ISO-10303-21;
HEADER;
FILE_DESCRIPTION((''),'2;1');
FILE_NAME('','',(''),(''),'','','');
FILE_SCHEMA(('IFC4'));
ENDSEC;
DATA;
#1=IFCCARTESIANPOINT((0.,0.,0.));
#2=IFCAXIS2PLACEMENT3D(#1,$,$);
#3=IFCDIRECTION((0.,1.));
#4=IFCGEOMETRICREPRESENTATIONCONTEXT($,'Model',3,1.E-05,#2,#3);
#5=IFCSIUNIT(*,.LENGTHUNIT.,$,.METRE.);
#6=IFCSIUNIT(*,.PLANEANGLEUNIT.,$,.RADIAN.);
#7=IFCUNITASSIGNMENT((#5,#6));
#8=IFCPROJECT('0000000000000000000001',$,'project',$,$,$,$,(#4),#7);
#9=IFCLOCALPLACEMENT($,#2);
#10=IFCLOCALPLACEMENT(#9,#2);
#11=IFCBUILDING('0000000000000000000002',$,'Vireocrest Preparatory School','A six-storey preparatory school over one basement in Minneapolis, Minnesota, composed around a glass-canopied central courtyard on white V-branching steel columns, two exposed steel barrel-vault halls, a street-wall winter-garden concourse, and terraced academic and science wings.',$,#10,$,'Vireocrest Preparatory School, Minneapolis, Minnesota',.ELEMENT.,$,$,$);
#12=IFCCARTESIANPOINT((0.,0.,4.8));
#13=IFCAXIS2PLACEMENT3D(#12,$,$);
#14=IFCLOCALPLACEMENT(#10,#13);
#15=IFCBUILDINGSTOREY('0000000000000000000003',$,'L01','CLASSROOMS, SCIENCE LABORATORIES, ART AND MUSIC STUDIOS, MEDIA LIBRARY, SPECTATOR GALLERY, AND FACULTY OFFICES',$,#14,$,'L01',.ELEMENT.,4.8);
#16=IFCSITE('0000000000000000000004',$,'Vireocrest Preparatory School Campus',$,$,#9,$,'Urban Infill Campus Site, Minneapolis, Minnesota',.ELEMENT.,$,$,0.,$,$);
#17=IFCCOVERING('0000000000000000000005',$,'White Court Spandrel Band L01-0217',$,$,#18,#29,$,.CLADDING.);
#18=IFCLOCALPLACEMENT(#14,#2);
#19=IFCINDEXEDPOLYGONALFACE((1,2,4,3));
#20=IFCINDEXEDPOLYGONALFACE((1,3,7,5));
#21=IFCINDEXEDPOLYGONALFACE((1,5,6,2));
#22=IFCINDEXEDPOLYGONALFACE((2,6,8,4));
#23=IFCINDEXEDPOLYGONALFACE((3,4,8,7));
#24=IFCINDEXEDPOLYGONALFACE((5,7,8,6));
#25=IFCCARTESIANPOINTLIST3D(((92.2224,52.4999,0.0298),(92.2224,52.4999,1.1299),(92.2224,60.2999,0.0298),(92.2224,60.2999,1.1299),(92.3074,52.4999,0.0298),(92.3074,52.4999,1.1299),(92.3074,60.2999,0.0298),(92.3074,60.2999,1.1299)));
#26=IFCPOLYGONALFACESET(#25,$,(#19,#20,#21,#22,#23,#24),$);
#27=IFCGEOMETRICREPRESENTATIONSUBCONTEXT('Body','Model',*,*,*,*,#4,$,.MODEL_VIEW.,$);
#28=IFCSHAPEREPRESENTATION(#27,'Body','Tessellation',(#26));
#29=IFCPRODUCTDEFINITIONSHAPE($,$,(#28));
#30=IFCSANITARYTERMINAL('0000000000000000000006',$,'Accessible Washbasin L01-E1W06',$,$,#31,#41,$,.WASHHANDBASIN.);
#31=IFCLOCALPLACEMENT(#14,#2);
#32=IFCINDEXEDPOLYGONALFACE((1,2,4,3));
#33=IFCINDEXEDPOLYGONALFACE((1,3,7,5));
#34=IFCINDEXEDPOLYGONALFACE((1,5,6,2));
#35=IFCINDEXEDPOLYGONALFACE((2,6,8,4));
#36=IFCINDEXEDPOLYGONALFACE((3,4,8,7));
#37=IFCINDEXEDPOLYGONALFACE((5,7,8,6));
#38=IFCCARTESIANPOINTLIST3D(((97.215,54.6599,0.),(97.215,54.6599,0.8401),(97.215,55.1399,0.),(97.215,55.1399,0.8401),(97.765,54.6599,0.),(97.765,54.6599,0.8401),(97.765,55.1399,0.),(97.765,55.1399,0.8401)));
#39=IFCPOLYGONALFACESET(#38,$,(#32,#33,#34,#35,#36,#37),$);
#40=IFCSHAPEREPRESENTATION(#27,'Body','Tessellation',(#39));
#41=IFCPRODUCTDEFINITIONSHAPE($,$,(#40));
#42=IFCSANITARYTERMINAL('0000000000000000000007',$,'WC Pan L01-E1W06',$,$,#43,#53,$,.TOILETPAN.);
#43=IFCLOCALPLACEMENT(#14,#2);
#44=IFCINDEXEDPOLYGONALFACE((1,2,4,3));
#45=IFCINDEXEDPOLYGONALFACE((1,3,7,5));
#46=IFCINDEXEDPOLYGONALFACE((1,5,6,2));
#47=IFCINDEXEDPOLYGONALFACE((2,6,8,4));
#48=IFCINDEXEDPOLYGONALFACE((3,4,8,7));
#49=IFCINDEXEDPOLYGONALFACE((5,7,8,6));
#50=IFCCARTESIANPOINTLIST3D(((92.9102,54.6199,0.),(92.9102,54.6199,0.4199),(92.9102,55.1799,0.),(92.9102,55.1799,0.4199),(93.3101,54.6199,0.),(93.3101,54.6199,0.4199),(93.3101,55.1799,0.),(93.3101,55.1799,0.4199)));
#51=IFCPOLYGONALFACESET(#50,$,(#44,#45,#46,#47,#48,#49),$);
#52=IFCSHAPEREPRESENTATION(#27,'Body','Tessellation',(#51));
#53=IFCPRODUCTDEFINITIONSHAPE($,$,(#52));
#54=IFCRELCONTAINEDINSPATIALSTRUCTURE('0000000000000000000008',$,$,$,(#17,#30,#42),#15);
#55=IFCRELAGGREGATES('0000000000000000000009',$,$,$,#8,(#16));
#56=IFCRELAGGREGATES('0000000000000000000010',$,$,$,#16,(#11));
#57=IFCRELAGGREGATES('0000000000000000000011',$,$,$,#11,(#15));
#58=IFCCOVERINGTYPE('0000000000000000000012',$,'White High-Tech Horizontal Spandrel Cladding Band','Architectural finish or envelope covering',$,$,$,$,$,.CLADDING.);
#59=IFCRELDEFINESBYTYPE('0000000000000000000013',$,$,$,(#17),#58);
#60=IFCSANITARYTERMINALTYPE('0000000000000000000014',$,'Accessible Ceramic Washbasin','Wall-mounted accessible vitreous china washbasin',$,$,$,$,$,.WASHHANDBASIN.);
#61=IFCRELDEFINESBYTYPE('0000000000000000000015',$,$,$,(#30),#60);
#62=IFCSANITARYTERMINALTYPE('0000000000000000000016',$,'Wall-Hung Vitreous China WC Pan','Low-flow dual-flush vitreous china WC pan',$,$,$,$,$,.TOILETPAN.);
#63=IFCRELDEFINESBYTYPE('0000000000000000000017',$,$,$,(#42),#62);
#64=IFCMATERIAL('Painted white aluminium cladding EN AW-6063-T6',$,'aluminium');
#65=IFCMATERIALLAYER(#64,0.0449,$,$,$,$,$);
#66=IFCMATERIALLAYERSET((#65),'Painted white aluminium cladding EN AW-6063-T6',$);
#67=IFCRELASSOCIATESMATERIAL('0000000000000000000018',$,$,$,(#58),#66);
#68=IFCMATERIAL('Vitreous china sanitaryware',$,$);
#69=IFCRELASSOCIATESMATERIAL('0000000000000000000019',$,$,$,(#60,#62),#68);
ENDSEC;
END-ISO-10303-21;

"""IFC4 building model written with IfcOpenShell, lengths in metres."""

from ifc_helpers import new_model, si_unit, direction, frame, origin, origin_2d, place, context, subcontext, project, spatial, rectangle, extrude, material, layer, layer_set, type_object, element, save


model = new_model("IFC4")

# Units and contexts
model_context = context("Model", 3, precision=1e-05, world=origin(), true_north=direction((0.0, 1.0)))
body_context = subcontext(model_context, "Body", "Model", "MODEL_VIEW")
ifc_project = project(units=[si_unit("LENGTHUNIT", "METRE"), si_unit("PLANEANGLEUNIT", "RADIAN")], contexts=[model_context])

# Site, building, storey
site_placement = place(None, origin())
site = spatial("IfcSite", under=ifc_project, at=site_placement, Name="Vireocrest Preparatory School Campus", LongName="Urban Infill Campus Site, Minneapolis, Minnesota", CompositionType="ELEMENT", RefElevation=0.0)
building_placement = place(site_placement, origin())
building = spatial("IfcBuilding", under=site, at=building_placement, Name="Vireocrest Preparatory School", Description="A six-storey preparatory school over one basement in Minneapolis, Minnesota, composed around a glass-canopied central courtyard on white V-branching steel columns, two exposed steel barrel-vault halls, a street-wall winter-garden concourse, and terraced academic and science wings.", LongName="Vireocrest Preparatory School, Minneapolis, Minnesota", CompositionType="ELEMENT")
storey_placement = place(building_placement, frame((0.0, 0.0, 4.8)))
storey = spatial("IfcBuildingStorey", under=building, at=storey_placement, Name="L01", Description="CLASSROOMS, SCIENCE LABORATORIES, ART AND MUSIC STUDIOS, MEDIA LIBRARY, SPECTATOR GALLERY, AND FACULTY OFFICES", LongName="L01", CompositionType="ELEMENT", Elevation=4.8)

# Covering
ifc_material_1 = material(Name="Painted white aluminium cladding EN AW-6063-T6", Category="aluminium")
ifc_layer_1 = layer(ifc_material_1, 0.0449)
ifc_layer_set_1 = layer_set([ifc_layer_1], Name="Painted white aluminium cladding EN AW-6063-T6")
covering_type = type_object("IfcCoveringType", Name="White High-Tech Horizontal Spandrel Cladding Band", Description="Architectural finish or envelope covering", PredefinedType="CLADDING", material=ifc_layer_set_1)
covering_placement = place(storey_placement, frame((92.2649, 56.3999, 0.0298), z_axis=(0.0, 0.0, 1.0), x_axis=(1.0, 0.0, 0.0)))
element("IfcCovering", 1, at=covering_placement, inside=storey, type_object=covering_type, Name="White Court Spandrel Band L01-0217", PredefinedType="CLADDING", context=body_context, shape_type="SweptSolid", body=[
    extrude(rectangle(XDim=0.085, YDim=7.8, at=origin_2d()), origin(), (0.0, 0.0, 1.0), 1.1001),
])

# Sanitary terminals
ifc_material_2 = material(Name="Vitreous china sanitaryware")
sanitary_terminal_type_1 = type_object("IfcSanitaryTerminalType", Name="Accessible Ceramic Washbasin", Description="Wall-mounted accessible vitreous china washbasin", PredefinedType="WASHHANDBASIN", material=ifc_material_2)
sanitary_terminal_1_placement = place(storey_placement, frame((97.49, 54.8999, 0.0), z_axis=(0.0, 0.0, 1.0), x_axis=(1.0, 0.0, 0.0)))
element("IfcSanitaryTerminal", 2, at=sanitary_terminal_1_placement, inside=storey, type_object=sanitary_terminal_type_1, Name="Accessible Washbasin L01-E1W06", PredefinedType="WASHHANDBASIN", context=body_context, shape_type="SweptSolid", body=[
    extrude(rectangle(XDim=0.55, YDim=0.48, at=origin_2d()), origin(), (0.0, 0.0, 1.0), 0.8401),
])
sanitary_terminal_type_2 = type_object("IfcSanitaryTerminalType", Name="Wall-Hung Vitreous China WC Pan", Description="Low-flow dual-flush vitreous china WC pan", PredefinedType="TOILETPAN", material=ifc_material_2)
sanitary_terminal_2_placement = place(storey_placement, frame((93.1101, 54.8999, 0.0), z_axis=(0.0, 0.0, 1.0), x_axis=(1.0, 0.0, 0.0)))
element("IfcSanitaryTerminal", 3, at=sanitary_terminal_2_placement, inside=storey, type_object=sanitary_terminal_type_2, Name="WC Pan L01-E1W06", PredefinedType="TOILETPAN", context=body_context, shape_type="SweptSolid", body=[
    extrude(rectangle(XDim=0.3999, YDim=0.5601, at=origin_2d()), origin(), (0.0, 0.0, 1.0), 0.4199),
])

save(model, "model.ifc")
